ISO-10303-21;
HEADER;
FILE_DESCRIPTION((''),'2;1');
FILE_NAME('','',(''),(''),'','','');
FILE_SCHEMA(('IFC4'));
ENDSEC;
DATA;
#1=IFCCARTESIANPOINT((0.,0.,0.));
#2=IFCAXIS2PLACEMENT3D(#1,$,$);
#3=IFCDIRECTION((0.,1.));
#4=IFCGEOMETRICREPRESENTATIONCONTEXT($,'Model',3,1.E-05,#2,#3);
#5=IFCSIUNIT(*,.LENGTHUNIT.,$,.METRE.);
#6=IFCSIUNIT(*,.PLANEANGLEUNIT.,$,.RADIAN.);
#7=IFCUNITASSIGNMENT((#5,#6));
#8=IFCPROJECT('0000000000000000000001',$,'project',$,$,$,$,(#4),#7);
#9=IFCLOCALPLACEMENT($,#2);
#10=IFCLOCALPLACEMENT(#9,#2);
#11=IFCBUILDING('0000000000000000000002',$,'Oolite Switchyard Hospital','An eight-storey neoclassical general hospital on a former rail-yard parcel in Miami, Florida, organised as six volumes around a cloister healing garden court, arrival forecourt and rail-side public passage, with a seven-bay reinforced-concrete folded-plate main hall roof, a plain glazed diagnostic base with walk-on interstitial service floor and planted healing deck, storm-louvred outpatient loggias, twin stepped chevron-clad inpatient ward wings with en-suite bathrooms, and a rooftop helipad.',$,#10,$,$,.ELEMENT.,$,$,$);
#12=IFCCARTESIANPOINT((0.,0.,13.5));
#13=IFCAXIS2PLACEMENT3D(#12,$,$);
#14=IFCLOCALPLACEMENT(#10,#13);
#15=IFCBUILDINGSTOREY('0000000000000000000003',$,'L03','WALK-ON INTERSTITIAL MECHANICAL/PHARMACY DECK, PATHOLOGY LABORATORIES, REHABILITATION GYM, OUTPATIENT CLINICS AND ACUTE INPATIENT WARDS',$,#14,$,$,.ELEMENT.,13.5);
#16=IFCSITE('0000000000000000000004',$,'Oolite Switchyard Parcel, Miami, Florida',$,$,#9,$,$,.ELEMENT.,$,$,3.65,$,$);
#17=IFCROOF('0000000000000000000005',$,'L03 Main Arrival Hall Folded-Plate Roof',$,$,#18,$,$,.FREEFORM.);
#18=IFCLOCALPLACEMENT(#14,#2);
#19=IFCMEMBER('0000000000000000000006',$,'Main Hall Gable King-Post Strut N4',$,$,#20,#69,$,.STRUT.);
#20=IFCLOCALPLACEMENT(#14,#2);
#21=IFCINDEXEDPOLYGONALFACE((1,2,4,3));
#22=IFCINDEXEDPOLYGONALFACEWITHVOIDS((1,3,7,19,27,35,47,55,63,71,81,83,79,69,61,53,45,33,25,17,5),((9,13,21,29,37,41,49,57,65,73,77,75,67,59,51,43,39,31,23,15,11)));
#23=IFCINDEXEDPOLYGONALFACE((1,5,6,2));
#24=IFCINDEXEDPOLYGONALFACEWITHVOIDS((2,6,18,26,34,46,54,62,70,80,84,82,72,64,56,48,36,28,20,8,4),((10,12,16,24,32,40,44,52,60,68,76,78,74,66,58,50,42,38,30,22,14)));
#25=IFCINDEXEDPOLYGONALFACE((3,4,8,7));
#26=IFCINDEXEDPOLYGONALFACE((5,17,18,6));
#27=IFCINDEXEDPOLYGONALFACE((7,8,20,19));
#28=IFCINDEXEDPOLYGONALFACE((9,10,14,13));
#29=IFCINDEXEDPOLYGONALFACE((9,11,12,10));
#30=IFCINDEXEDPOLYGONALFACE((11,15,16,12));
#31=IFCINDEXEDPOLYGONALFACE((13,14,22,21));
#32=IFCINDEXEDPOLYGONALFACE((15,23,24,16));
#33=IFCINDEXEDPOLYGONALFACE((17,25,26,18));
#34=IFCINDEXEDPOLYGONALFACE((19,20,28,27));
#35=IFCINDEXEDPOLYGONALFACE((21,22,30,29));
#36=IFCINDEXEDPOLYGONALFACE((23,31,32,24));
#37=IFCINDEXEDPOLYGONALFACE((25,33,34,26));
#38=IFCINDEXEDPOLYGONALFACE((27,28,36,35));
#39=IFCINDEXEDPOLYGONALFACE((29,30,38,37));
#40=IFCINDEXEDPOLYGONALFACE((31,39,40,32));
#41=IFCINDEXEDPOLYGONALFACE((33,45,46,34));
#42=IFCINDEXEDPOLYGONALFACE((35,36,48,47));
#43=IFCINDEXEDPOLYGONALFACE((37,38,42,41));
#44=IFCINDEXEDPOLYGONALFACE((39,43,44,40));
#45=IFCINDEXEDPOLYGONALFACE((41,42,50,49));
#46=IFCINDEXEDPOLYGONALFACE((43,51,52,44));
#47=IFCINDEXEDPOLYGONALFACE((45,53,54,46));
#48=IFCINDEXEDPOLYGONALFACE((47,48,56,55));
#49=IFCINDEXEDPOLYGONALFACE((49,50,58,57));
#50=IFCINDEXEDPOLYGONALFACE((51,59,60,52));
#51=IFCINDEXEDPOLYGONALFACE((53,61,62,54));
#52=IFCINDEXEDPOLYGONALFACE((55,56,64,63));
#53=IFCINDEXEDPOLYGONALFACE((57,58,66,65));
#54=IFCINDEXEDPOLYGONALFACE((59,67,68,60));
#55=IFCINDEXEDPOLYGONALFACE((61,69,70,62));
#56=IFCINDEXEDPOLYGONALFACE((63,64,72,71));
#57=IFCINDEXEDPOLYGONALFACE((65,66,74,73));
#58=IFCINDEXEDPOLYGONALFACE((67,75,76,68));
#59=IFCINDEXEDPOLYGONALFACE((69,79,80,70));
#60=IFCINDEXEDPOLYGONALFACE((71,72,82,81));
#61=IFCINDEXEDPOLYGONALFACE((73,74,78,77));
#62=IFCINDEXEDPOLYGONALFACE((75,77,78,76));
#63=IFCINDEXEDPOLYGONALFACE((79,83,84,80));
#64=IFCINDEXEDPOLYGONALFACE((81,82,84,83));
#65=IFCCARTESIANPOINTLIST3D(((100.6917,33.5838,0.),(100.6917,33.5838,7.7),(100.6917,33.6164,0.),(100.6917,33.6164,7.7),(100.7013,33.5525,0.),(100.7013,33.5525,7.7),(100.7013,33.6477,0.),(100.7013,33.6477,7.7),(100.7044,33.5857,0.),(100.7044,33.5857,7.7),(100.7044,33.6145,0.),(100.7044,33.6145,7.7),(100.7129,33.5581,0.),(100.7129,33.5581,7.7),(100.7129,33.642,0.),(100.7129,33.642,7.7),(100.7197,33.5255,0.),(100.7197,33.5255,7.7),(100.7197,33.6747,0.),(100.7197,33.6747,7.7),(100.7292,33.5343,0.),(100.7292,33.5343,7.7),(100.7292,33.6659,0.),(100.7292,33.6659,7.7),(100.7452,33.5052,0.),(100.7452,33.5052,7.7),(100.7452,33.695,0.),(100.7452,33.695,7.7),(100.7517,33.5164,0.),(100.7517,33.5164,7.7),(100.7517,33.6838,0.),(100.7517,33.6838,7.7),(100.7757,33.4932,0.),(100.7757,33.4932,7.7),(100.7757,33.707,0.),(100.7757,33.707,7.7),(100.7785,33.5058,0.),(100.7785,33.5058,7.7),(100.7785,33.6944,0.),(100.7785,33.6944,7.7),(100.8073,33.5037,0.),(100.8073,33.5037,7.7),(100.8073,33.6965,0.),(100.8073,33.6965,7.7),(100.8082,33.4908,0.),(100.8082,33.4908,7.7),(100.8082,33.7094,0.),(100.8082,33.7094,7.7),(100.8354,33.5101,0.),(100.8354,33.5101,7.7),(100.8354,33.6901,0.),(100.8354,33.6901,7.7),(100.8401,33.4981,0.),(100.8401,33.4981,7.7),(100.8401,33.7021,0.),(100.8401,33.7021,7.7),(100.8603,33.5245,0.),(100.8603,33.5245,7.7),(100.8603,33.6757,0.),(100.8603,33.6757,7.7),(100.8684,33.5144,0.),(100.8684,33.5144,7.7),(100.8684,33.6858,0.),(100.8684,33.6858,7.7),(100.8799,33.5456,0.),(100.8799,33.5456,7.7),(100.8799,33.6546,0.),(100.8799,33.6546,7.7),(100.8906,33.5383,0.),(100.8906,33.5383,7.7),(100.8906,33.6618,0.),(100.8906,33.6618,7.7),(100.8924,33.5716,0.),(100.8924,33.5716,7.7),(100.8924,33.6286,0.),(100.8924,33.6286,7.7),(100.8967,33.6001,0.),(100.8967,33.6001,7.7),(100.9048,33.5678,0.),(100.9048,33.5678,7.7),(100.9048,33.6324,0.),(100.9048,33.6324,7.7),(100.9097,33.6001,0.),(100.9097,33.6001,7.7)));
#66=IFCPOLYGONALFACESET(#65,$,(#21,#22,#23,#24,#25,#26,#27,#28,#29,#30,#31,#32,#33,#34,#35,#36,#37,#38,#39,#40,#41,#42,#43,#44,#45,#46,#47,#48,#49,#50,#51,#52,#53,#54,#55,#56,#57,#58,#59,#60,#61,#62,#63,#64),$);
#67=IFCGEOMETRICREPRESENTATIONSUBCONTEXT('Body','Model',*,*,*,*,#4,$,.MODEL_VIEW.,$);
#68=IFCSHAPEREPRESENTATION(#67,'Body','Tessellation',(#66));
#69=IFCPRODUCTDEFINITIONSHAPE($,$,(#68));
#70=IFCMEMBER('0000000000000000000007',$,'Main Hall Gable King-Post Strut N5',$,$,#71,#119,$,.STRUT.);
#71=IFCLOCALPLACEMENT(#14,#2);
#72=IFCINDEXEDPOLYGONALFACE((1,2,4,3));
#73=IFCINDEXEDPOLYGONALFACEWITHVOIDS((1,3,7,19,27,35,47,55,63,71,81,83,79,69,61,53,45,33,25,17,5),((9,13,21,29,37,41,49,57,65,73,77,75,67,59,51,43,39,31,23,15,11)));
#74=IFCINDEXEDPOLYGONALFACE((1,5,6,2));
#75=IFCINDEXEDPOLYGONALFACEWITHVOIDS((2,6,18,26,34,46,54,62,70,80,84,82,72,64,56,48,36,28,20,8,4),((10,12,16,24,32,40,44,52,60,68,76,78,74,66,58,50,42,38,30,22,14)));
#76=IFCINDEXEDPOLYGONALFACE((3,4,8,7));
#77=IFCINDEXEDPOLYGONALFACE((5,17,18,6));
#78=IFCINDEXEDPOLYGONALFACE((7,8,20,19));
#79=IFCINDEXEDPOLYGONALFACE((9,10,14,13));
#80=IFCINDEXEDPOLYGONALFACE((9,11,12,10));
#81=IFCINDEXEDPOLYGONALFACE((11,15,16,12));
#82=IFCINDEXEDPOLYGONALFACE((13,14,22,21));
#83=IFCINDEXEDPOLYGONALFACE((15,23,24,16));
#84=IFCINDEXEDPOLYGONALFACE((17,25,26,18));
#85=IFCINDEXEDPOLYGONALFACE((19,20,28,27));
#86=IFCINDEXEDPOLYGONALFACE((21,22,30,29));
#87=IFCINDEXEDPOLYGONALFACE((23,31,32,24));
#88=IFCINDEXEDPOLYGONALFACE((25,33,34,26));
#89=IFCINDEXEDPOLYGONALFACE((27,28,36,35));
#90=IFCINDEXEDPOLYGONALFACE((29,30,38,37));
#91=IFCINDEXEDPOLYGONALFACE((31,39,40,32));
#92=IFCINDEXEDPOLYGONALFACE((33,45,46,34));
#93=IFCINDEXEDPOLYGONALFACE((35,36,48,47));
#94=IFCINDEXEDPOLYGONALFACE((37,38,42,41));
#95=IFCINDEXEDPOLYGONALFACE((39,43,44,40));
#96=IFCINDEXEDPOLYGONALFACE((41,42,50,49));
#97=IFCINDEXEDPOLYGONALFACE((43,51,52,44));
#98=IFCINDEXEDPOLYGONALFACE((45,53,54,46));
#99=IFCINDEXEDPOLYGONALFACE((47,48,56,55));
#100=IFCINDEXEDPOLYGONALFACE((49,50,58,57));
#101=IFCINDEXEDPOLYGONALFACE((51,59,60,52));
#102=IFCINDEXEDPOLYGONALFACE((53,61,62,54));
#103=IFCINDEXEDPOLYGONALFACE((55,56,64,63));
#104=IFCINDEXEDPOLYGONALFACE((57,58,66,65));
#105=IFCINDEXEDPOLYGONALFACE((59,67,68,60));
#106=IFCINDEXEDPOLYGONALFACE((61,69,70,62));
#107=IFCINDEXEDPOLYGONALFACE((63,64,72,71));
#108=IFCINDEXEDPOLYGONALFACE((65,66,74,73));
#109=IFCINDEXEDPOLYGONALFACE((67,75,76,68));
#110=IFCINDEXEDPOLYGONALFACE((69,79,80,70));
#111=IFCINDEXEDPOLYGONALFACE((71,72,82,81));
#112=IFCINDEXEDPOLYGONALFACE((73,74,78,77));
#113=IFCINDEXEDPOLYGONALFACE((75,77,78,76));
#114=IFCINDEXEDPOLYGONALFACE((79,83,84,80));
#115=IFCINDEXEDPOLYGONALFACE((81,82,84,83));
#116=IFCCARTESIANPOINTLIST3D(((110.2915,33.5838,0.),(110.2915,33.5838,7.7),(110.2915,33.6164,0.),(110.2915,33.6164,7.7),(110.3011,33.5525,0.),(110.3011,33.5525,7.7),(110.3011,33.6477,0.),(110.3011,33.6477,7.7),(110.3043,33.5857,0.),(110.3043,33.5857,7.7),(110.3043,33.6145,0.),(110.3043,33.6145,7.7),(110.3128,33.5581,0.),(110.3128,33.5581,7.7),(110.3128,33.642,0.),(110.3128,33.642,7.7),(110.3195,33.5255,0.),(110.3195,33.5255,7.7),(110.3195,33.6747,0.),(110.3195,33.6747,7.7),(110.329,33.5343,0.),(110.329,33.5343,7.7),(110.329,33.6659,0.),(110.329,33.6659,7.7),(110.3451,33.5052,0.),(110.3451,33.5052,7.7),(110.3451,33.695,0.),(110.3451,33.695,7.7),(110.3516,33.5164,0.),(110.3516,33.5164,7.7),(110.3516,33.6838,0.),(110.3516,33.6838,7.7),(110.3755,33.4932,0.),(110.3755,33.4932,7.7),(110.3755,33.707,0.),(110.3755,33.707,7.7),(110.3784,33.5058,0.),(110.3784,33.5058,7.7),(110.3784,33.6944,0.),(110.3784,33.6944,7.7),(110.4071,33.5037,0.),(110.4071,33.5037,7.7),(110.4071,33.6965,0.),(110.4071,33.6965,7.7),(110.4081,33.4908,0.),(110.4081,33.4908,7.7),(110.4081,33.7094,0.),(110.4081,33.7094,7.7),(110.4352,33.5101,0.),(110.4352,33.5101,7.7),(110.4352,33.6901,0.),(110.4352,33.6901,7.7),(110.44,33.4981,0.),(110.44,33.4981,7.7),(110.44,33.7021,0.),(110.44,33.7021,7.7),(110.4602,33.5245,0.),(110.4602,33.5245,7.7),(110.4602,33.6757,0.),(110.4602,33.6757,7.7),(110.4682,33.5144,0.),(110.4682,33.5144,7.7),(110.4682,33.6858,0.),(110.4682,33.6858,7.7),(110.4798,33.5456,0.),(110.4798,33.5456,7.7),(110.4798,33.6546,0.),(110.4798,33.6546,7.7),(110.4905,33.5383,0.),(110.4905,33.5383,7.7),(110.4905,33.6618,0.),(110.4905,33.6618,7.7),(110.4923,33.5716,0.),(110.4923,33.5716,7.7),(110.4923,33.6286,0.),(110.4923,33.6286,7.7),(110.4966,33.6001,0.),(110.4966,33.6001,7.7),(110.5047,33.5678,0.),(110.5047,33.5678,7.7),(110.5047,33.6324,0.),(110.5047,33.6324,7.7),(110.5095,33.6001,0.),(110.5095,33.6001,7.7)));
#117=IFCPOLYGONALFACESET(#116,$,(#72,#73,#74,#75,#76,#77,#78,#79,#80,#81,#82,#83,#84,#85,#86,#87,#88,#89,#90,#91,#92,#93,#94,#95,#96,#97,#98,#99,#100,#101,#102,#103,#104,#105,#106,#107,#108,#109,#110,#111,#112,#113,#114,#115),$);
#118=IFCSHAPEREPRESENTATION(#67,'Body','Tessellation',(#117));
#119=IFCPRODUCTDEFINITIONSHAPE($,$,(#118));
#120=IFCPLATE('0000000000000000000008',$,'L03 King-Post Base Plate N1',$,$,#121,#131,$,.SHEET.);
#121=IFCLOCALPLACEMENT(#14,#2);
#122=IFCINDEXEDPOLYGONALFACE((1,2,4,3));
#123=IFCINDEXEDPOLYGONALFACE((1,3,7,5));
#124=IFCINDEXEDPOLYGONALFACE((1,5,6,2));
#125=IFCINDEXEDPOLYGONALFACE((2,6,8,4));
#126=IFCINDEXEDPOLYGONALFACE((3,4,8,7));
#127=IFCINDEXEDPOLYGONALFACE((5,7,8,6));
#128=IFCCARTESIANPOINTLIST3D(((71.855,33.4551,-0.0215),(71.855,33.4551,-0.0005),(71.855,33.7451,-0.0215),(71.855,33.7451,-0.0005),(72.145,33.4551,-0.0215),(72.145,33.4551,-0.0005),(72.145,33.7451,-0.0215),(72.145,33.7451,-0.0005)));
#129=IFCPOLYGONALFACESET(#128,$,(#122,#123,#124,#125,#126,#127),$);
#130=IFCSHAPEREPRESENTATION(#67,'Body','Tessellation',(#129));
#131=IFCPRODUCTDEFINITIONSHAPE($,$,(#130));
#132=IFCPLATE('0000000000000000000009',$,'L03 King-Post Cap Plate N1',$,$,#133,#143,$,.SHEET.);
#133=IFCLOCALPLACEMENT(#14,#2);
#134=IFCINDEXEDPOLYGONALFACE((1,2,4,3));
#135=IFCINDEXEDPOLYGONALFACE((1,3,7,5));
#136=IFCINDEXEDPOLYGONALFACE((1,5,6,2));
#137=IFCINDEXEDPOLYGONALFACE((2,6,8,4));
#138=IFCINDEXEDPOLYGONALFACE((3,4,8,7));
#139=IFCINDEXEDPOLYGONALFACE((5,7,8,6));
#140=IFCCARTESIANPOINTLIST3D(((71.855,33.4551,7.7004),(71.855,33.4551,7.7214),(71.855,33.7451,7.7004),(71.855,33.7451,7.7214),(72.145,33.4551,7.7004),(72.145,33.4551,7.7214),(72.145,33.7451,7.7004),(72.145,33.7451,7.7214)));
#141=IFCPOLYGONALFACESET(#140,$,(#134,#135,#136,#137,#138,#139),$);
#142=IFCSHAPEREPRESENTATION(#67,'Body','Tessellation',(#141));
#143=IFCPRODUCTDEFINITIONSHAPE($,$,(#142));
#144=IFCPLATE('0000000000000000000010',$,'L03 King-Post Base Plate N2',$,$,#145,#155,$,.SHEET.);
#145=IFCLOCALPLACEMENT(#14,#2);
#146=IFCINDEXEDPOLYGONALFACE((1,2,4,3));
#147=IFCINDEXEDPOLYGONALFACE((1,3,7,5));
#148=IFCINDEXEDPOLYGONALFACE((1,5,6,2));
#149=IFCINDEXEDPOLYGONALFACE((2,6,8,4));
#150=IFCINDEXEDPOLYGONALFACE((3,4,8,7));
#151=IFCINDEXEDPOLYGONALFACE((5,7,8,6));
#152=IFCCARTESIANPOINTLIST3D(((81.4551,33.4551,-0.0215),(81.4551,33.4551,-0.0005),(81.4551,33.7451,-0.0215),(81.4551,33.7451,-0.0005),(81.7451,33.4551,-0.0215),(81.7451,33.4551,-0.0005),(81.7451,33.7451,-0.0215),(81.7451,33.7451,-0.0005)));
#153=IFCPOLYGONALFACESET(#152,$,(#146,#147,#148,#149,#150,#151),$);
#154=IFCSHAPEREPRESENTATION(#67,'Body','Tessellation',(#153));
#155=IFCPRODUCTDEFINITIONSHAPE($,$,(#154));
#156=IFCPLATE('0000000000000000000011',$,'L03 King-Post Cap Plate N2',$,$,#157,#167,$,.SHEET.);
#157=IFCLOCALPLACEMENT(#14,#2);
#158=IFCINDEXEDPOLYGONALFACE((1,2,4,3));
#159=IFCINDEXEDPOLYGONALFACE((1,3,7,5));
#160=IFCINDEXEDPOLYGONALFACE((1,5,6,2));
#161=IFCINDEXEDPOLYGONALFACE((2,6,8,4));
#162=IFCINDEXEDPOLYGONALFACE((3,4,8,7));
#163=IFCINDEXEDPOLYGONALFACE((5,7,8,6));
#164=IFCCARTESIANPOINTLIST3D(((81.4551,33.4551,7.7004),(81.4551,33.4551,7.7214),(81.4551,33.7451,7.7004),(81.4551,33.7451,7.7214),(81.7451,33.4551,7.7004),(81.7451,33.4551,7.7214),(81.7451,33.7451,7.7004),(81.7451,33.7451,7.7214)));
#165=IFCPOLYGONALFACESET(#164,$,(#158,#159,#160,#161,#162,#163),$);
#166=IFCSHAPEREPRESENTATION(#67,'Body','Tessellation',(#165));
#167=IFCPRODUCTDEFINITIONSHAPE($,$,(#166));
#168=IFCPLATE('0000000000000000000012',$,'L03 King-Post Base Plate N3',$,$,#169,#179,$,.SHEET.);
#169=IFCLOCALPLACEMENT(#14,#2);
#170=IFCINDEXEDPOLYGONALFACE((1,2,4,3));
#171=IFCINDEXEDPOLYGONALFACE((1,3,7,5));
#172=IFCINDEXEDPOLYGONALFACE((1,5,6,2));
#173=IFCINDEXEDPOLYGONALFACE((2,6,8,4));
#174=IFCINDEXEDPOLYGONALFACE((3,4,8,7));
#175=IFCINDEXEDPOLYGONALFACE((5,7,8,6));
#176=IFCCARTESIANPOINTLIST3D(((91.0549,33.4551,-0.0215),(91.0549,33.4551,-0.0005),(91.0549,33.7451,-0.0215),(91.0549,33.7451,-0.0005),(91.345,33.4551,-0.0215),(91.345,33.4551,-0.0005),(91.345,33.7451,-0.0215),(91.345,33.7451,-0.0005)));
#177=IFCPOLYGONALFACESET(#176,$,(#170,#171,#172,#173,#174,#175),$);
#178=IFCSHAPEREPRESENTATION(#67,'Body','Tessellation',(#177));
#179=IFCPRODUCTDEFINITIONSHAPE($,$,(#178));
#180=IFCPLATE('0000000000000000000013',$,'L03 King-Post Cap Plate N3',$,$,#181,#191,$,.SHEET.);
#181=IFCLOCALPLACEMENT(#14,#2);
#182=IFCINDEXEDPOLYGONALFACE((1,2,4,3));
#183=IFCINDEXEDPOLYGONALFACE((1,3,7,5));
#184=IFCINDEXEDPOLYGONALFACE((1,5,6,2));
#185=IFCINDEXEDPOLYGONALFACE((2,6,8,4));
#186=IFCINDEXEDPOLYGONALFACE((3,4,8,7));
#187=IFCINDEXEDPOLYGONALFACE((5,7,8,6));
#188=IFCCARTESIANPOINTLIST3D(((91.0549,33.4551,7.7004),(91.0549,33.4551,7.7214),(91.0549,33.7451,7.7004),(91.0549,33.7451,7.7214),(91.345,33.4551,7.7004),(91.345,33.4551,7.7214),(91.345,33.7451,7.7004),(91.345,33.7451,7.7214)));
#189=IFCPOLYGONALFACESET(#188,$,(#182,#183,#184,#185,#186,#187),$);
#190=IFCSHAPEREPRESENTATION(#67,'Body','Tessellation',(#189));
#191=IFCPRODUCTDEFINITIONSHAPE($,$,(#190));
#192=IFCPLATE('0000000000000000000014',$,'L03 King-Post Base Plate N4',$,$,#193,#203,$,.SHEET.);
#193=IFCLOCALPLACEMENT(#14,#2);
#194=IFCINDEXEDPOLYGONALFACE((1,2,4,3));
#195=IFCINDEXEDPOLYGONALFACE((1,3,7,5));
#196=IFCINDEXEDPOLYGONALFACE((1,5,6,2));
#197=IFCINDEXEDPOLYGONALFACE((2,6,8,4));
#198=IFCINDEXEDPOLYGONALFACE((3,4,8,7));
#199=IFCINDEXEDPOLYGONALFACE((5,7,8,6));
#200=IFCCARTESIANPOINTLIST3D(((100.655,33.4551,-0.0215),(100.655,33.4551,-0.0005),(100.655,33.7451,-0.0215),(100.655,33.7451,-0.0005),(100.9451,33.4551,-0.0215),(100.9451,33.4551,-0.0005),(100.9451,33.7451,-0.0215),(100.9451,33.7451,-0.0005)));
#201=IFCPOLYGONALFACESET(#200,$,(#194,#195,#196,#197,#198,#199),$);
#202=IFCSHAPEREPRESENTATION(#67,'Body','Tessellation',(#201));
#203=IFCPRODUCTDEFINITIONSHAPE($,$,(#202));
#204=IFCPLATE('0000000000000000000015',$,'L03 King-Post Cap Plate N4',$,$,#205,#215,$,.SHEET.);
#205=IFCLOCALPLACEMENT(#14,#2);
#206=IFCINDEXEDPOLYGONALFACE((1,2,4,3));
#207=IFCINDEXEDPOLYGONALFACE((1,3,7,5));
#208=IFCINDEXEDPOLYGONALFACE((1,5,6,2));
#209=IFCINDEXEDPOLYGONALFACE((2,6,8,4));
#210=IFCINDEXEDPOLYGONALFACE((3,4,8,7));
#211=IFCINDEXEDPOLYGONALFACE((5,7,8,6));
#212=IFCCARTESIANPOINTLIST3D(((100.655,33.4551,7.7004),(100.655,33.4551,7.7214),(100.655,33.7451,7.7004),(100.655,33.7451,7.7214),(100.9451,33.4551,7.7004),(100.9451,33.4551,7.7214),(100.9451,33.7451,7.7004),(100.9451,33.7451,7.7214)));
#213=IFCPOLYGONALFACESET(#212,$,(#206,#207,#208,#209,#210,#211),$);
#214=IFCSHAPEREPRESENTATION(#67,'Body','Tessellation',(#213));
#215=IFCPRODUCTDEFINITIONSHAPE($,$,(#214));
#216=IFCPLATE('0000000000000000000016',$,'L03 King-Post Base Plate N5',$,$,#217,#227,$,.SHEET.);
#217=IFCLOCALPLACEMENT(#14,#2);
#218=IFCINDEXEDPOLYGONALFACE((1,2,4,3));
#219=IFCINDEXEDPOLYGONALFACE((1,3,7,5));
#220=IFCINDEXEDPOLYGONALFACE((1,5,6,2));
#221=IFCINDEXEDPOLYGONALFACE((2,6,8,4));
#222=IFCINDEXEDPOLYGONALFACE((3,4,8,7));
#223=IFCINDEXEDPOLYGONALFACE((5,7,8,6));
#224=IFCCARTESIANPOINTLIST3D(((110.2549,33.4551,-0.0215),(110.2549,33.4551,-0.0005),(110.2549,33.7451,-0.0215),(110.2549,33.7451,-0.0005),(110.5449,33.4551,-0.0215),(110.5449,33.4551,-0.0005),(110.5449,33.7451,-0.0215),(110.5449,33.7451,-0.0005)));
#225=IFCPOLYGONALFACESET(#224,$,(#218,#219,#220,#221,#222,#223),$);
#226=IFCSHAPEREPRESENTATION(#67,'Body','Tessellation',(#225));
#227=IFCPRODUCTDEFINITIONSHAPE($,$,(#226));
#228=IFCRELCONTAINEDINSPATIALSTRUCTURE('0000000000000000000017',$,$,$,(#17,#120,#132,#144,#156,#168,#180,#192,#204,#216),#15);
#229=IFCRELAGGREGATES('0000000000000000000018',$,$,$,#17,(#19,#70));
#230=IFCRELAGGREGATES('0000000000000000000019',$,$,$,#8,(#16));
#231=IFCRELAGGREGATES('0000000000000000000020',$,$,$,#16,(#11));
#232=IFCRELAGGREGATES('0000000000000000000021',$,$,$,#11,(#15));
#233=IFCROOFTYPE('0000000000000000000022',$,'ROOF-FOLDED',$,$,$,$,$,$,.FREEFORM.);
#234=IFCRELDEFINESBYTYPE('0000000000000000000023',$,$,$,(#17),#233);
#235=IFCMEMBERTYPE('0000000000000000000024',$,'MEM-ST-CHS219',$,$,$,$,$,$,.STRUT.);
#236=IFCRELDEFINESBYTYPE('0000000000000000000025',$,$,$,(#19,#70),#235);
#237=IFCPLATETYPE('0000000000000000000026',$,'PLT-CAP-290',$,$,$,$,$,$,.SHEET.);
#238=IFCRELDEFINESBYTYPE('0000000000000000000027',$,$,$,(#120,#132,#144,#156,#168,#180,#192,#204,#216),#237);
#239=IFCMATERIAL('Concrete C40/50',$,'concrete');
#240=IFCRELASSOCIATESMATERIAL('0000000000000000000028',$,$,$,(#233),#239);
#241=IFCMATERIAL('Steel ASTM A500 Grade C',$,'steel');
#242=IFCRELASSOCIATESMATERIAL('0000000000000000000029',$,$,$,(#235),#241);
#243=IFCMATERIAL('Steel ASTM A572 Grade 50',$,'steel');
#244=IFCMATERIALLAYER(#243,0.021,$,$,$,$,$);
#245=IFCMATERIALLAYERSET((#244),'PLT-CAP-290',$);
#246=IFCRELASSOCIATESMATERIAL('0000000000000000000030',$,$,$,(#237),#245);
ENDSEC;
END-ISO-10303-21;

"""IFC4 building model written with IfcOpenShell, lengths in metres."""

from ifc_helpers import new_model, si_unit, direction, frame, origin, origin_2d, place, context, subcontext, project, spatial, rectangle, hollow_circle, extrude, material, layer, layer_set, material_profile, profile_set, type_object, element, aggregate, save


model = new_model("IFC4")

# Units and contexts
model_context = context("Model", 3, precision=1e-05, world=origin(), true_north=direction((0.0, 1.0)))
body_context = subcontext(model_context, "Body", "Model", "MODEL_VIEW")
ifc_project = project(units=[si_unit("LENGTHUNIT", "METRE"), si_unit("PLANEANGLEUNIT", "RADIAN")], contexts=[model_context])

# Site, building, storey
site_placement = place(None, origin())
site = spatial("IfcSite", under=ifc_project, at=site_placement, Name="Oolite Switchyard Parcel, Miami, Florida", CompositionType="ELEMENT", RefElevation=3.65)
building_placement = place(site_placement, origin())
building = spatial("IfcBuilding", under=site, at=building_placement, Name="Oolite Switchyard Hospital", Description="An eight-storey neoclassical general hospital on a former rail-yard parcel in Miami, Florida, organised as six volumes around a cloister healing garden court, arrival forecourt and rail-side public passage, with a seven-bay reinforced-concrete folded-plate main hall roof, a plain glazed diagnostic base with walk-on interstitial service floor and planted healing deck, storm-louvred outpatient loggias, twin stepped chevron-clad inpatient ward wings with en-suite bathrooms, and a rooftop helipad.", CompositionType="ELEMENT")
storey_placement = place(building_placement, frame((0.0, 0.0, 13.5)))
storey = spatial("IfcBuildingStorey", under=building, at=storey_placement, Name="L03", Description="WALK-ON INTERSTITIAL MECHANICAL/PHARMACY DECK, PATHOLOGY LABORATORIES, REHABILITATION GYM, OUTPATIENT CLINICS AND ACUTE INPATIENT WARDS", CompositionType="ELEMENT", Elevation=13.5)

# Roof
ifc_material_1 = material(Name="Concrete C40/50", Category="concrete")
roof_type = type_object("IfcRoofType", Name="ROOF-FOLDED", PredefinedType="FREEFORM", material=ifc_material_1)
roof_placement = place(storey_placement, origin())
roof = element("IfcRoof", 1, at=roof_placement, inside=storey, type_object=roof_type, Name="L03 Main Arrival Hall Folded-Plate Roof", PredefinedType="FREEFORM")

# Members
ifc_material_2 = material(Name="Steel ASTM A500 Grade C", Category="steel")
ifc_material_profile_1 = material_profile(ifc_material_2, hollow_circle(Radius=0.1096, WallThickness=0.0129, at=origin_2d()), Name="HSS219X13")
ifc_profile_set_1 = profile_set([ifc_material_profile_1], Name="Steel ASTM A500 Grade C")
member_type = type_object("IfcMemberType", Name="MEM-ST-CHS219", PredefinedType="STRUT", material=ifc_profile_set_1)
member_1_placement = place(storey_placement, frame((100.8, 33.6001, 0.0), z_axis=(0.0, 0.0, 1.0), x_axis=(1.0, 0.0, 0.0)))
member_1 = element("IfcMember", 2, at=member_1_placement, type_object=member_type, Name="Main Hall Gable King-Post Strut N4", PredefinedType="STRUT", context=body_context, shape_type="SweptSolid", body=[
    extrude(hollow_circle(Radius=0.1096, WallThickness=0.0129, at=origin_2d()), origin(), (0.0, 0.0, 1.0), 7.7),
])
member_2_placement = place(storey_placement, frame((110.3999, 33.6001, 0.0), z_axis=(0.0, 0.0, 1.0), x_axis=(1.0, 0.0, 0.0)))
member_2 = element("IfcMember", 3, at=member_2_placement, type_object=member_type, Name="Main Hall Gable King-Post Strut N5", PredefinedType="STRUT", context=body_context, shape_type="SweptSolid", body=[
    extrude(hollow_circle(Radius=0.1096, WallThickness=0.0129, at=origin_2d()), origin(), (0.0, 0.0, 1.0), 7.7),
])
aggregate(roof, [member_1, member_2])

# Plates
ifc_material_3 = material(Name="Steel ASTM A572 Grade 50", Category="steel")
ifc_layer = layer(ifc_material_3, 0.021)
ifc_layer_set = layer_set([ifc_layer], Name="PLT-CAP-290")
plate_type = type_object("IfcPlateType", Name="PLT-CAP-290", PredefinedType="SHEET", material=ifc_layer_set)
for number, where, z_axis, x_axis, name in (
    (4, (72.0, 33.6001, -0.0215), (0.0, 0.0, 1.0), (1.0, 0.0, 0.0), "L03 King-Post Base Plate N1"),
    (5, (72.0, 33.6001, 7.7004), (0.0, 0.0, 1.0), (1.0, 0.0, 0.0), "L03 King-Post Cap Plate N1"),
    (6, (81.6001, 33.6001, -0.0215), (0.0, 0.0, 1.0), (1.0, 0.0, 0.0), "L03 King-Post Base Plate N2"),
    (7, (81.6001, 33.6001, 7.7004), (0.0, 0.0, 1.0), (1.0, 0.0, 0.0), "L03 King-Post Cap Plate N2"),
    (8, (91.2, 33.6001, -0.0215), (0.0, 0.0, 1.0), (1.0, 0.0, 0.0), "L03 King-Post Base Plate N3"),
    (9, (91.2, 33.6001, 7.7004), (0.0, 0.0, 1.0), (1.0, 0.0, 0.0), "L03 King-Post Cap Plate N3"),
    (10, (100.8, 33.6001, -0.0215), (0.0, 0.0, 1.0), (1.0, 0.0, 0.0), "L03 King-Post Base Plate N4"),
    (11, (100.8, 33.6001, 7.7004), (0.0, 0.0, 1.0), (1.0, 0.0, 0.0), "L03 King-Post Cap Plate N4"),
    (12, (110.3999, 33.6001, -0.0215), (0.0, 0.0, 1.0), (1.0, 0.0, 0.0), "L03 King-Post Base Plate N5"),
):
    element("IfcPlate", number, at=place(storey_placement, frame(where, z_axis=z_axis, x_axis=x_axis)), inside=storey, type_object=plate_type, Name=name, PredefinedType="SHEET", context=body_context, shape_type="SweptSolid", body=[
        extrude(rectangle(XDim=0.29, YDim=0.29, at=origin_2d()), origin(), (0.0, 0.0, 1.0), 0.021),
    ])

save(model, "model.ifc")
